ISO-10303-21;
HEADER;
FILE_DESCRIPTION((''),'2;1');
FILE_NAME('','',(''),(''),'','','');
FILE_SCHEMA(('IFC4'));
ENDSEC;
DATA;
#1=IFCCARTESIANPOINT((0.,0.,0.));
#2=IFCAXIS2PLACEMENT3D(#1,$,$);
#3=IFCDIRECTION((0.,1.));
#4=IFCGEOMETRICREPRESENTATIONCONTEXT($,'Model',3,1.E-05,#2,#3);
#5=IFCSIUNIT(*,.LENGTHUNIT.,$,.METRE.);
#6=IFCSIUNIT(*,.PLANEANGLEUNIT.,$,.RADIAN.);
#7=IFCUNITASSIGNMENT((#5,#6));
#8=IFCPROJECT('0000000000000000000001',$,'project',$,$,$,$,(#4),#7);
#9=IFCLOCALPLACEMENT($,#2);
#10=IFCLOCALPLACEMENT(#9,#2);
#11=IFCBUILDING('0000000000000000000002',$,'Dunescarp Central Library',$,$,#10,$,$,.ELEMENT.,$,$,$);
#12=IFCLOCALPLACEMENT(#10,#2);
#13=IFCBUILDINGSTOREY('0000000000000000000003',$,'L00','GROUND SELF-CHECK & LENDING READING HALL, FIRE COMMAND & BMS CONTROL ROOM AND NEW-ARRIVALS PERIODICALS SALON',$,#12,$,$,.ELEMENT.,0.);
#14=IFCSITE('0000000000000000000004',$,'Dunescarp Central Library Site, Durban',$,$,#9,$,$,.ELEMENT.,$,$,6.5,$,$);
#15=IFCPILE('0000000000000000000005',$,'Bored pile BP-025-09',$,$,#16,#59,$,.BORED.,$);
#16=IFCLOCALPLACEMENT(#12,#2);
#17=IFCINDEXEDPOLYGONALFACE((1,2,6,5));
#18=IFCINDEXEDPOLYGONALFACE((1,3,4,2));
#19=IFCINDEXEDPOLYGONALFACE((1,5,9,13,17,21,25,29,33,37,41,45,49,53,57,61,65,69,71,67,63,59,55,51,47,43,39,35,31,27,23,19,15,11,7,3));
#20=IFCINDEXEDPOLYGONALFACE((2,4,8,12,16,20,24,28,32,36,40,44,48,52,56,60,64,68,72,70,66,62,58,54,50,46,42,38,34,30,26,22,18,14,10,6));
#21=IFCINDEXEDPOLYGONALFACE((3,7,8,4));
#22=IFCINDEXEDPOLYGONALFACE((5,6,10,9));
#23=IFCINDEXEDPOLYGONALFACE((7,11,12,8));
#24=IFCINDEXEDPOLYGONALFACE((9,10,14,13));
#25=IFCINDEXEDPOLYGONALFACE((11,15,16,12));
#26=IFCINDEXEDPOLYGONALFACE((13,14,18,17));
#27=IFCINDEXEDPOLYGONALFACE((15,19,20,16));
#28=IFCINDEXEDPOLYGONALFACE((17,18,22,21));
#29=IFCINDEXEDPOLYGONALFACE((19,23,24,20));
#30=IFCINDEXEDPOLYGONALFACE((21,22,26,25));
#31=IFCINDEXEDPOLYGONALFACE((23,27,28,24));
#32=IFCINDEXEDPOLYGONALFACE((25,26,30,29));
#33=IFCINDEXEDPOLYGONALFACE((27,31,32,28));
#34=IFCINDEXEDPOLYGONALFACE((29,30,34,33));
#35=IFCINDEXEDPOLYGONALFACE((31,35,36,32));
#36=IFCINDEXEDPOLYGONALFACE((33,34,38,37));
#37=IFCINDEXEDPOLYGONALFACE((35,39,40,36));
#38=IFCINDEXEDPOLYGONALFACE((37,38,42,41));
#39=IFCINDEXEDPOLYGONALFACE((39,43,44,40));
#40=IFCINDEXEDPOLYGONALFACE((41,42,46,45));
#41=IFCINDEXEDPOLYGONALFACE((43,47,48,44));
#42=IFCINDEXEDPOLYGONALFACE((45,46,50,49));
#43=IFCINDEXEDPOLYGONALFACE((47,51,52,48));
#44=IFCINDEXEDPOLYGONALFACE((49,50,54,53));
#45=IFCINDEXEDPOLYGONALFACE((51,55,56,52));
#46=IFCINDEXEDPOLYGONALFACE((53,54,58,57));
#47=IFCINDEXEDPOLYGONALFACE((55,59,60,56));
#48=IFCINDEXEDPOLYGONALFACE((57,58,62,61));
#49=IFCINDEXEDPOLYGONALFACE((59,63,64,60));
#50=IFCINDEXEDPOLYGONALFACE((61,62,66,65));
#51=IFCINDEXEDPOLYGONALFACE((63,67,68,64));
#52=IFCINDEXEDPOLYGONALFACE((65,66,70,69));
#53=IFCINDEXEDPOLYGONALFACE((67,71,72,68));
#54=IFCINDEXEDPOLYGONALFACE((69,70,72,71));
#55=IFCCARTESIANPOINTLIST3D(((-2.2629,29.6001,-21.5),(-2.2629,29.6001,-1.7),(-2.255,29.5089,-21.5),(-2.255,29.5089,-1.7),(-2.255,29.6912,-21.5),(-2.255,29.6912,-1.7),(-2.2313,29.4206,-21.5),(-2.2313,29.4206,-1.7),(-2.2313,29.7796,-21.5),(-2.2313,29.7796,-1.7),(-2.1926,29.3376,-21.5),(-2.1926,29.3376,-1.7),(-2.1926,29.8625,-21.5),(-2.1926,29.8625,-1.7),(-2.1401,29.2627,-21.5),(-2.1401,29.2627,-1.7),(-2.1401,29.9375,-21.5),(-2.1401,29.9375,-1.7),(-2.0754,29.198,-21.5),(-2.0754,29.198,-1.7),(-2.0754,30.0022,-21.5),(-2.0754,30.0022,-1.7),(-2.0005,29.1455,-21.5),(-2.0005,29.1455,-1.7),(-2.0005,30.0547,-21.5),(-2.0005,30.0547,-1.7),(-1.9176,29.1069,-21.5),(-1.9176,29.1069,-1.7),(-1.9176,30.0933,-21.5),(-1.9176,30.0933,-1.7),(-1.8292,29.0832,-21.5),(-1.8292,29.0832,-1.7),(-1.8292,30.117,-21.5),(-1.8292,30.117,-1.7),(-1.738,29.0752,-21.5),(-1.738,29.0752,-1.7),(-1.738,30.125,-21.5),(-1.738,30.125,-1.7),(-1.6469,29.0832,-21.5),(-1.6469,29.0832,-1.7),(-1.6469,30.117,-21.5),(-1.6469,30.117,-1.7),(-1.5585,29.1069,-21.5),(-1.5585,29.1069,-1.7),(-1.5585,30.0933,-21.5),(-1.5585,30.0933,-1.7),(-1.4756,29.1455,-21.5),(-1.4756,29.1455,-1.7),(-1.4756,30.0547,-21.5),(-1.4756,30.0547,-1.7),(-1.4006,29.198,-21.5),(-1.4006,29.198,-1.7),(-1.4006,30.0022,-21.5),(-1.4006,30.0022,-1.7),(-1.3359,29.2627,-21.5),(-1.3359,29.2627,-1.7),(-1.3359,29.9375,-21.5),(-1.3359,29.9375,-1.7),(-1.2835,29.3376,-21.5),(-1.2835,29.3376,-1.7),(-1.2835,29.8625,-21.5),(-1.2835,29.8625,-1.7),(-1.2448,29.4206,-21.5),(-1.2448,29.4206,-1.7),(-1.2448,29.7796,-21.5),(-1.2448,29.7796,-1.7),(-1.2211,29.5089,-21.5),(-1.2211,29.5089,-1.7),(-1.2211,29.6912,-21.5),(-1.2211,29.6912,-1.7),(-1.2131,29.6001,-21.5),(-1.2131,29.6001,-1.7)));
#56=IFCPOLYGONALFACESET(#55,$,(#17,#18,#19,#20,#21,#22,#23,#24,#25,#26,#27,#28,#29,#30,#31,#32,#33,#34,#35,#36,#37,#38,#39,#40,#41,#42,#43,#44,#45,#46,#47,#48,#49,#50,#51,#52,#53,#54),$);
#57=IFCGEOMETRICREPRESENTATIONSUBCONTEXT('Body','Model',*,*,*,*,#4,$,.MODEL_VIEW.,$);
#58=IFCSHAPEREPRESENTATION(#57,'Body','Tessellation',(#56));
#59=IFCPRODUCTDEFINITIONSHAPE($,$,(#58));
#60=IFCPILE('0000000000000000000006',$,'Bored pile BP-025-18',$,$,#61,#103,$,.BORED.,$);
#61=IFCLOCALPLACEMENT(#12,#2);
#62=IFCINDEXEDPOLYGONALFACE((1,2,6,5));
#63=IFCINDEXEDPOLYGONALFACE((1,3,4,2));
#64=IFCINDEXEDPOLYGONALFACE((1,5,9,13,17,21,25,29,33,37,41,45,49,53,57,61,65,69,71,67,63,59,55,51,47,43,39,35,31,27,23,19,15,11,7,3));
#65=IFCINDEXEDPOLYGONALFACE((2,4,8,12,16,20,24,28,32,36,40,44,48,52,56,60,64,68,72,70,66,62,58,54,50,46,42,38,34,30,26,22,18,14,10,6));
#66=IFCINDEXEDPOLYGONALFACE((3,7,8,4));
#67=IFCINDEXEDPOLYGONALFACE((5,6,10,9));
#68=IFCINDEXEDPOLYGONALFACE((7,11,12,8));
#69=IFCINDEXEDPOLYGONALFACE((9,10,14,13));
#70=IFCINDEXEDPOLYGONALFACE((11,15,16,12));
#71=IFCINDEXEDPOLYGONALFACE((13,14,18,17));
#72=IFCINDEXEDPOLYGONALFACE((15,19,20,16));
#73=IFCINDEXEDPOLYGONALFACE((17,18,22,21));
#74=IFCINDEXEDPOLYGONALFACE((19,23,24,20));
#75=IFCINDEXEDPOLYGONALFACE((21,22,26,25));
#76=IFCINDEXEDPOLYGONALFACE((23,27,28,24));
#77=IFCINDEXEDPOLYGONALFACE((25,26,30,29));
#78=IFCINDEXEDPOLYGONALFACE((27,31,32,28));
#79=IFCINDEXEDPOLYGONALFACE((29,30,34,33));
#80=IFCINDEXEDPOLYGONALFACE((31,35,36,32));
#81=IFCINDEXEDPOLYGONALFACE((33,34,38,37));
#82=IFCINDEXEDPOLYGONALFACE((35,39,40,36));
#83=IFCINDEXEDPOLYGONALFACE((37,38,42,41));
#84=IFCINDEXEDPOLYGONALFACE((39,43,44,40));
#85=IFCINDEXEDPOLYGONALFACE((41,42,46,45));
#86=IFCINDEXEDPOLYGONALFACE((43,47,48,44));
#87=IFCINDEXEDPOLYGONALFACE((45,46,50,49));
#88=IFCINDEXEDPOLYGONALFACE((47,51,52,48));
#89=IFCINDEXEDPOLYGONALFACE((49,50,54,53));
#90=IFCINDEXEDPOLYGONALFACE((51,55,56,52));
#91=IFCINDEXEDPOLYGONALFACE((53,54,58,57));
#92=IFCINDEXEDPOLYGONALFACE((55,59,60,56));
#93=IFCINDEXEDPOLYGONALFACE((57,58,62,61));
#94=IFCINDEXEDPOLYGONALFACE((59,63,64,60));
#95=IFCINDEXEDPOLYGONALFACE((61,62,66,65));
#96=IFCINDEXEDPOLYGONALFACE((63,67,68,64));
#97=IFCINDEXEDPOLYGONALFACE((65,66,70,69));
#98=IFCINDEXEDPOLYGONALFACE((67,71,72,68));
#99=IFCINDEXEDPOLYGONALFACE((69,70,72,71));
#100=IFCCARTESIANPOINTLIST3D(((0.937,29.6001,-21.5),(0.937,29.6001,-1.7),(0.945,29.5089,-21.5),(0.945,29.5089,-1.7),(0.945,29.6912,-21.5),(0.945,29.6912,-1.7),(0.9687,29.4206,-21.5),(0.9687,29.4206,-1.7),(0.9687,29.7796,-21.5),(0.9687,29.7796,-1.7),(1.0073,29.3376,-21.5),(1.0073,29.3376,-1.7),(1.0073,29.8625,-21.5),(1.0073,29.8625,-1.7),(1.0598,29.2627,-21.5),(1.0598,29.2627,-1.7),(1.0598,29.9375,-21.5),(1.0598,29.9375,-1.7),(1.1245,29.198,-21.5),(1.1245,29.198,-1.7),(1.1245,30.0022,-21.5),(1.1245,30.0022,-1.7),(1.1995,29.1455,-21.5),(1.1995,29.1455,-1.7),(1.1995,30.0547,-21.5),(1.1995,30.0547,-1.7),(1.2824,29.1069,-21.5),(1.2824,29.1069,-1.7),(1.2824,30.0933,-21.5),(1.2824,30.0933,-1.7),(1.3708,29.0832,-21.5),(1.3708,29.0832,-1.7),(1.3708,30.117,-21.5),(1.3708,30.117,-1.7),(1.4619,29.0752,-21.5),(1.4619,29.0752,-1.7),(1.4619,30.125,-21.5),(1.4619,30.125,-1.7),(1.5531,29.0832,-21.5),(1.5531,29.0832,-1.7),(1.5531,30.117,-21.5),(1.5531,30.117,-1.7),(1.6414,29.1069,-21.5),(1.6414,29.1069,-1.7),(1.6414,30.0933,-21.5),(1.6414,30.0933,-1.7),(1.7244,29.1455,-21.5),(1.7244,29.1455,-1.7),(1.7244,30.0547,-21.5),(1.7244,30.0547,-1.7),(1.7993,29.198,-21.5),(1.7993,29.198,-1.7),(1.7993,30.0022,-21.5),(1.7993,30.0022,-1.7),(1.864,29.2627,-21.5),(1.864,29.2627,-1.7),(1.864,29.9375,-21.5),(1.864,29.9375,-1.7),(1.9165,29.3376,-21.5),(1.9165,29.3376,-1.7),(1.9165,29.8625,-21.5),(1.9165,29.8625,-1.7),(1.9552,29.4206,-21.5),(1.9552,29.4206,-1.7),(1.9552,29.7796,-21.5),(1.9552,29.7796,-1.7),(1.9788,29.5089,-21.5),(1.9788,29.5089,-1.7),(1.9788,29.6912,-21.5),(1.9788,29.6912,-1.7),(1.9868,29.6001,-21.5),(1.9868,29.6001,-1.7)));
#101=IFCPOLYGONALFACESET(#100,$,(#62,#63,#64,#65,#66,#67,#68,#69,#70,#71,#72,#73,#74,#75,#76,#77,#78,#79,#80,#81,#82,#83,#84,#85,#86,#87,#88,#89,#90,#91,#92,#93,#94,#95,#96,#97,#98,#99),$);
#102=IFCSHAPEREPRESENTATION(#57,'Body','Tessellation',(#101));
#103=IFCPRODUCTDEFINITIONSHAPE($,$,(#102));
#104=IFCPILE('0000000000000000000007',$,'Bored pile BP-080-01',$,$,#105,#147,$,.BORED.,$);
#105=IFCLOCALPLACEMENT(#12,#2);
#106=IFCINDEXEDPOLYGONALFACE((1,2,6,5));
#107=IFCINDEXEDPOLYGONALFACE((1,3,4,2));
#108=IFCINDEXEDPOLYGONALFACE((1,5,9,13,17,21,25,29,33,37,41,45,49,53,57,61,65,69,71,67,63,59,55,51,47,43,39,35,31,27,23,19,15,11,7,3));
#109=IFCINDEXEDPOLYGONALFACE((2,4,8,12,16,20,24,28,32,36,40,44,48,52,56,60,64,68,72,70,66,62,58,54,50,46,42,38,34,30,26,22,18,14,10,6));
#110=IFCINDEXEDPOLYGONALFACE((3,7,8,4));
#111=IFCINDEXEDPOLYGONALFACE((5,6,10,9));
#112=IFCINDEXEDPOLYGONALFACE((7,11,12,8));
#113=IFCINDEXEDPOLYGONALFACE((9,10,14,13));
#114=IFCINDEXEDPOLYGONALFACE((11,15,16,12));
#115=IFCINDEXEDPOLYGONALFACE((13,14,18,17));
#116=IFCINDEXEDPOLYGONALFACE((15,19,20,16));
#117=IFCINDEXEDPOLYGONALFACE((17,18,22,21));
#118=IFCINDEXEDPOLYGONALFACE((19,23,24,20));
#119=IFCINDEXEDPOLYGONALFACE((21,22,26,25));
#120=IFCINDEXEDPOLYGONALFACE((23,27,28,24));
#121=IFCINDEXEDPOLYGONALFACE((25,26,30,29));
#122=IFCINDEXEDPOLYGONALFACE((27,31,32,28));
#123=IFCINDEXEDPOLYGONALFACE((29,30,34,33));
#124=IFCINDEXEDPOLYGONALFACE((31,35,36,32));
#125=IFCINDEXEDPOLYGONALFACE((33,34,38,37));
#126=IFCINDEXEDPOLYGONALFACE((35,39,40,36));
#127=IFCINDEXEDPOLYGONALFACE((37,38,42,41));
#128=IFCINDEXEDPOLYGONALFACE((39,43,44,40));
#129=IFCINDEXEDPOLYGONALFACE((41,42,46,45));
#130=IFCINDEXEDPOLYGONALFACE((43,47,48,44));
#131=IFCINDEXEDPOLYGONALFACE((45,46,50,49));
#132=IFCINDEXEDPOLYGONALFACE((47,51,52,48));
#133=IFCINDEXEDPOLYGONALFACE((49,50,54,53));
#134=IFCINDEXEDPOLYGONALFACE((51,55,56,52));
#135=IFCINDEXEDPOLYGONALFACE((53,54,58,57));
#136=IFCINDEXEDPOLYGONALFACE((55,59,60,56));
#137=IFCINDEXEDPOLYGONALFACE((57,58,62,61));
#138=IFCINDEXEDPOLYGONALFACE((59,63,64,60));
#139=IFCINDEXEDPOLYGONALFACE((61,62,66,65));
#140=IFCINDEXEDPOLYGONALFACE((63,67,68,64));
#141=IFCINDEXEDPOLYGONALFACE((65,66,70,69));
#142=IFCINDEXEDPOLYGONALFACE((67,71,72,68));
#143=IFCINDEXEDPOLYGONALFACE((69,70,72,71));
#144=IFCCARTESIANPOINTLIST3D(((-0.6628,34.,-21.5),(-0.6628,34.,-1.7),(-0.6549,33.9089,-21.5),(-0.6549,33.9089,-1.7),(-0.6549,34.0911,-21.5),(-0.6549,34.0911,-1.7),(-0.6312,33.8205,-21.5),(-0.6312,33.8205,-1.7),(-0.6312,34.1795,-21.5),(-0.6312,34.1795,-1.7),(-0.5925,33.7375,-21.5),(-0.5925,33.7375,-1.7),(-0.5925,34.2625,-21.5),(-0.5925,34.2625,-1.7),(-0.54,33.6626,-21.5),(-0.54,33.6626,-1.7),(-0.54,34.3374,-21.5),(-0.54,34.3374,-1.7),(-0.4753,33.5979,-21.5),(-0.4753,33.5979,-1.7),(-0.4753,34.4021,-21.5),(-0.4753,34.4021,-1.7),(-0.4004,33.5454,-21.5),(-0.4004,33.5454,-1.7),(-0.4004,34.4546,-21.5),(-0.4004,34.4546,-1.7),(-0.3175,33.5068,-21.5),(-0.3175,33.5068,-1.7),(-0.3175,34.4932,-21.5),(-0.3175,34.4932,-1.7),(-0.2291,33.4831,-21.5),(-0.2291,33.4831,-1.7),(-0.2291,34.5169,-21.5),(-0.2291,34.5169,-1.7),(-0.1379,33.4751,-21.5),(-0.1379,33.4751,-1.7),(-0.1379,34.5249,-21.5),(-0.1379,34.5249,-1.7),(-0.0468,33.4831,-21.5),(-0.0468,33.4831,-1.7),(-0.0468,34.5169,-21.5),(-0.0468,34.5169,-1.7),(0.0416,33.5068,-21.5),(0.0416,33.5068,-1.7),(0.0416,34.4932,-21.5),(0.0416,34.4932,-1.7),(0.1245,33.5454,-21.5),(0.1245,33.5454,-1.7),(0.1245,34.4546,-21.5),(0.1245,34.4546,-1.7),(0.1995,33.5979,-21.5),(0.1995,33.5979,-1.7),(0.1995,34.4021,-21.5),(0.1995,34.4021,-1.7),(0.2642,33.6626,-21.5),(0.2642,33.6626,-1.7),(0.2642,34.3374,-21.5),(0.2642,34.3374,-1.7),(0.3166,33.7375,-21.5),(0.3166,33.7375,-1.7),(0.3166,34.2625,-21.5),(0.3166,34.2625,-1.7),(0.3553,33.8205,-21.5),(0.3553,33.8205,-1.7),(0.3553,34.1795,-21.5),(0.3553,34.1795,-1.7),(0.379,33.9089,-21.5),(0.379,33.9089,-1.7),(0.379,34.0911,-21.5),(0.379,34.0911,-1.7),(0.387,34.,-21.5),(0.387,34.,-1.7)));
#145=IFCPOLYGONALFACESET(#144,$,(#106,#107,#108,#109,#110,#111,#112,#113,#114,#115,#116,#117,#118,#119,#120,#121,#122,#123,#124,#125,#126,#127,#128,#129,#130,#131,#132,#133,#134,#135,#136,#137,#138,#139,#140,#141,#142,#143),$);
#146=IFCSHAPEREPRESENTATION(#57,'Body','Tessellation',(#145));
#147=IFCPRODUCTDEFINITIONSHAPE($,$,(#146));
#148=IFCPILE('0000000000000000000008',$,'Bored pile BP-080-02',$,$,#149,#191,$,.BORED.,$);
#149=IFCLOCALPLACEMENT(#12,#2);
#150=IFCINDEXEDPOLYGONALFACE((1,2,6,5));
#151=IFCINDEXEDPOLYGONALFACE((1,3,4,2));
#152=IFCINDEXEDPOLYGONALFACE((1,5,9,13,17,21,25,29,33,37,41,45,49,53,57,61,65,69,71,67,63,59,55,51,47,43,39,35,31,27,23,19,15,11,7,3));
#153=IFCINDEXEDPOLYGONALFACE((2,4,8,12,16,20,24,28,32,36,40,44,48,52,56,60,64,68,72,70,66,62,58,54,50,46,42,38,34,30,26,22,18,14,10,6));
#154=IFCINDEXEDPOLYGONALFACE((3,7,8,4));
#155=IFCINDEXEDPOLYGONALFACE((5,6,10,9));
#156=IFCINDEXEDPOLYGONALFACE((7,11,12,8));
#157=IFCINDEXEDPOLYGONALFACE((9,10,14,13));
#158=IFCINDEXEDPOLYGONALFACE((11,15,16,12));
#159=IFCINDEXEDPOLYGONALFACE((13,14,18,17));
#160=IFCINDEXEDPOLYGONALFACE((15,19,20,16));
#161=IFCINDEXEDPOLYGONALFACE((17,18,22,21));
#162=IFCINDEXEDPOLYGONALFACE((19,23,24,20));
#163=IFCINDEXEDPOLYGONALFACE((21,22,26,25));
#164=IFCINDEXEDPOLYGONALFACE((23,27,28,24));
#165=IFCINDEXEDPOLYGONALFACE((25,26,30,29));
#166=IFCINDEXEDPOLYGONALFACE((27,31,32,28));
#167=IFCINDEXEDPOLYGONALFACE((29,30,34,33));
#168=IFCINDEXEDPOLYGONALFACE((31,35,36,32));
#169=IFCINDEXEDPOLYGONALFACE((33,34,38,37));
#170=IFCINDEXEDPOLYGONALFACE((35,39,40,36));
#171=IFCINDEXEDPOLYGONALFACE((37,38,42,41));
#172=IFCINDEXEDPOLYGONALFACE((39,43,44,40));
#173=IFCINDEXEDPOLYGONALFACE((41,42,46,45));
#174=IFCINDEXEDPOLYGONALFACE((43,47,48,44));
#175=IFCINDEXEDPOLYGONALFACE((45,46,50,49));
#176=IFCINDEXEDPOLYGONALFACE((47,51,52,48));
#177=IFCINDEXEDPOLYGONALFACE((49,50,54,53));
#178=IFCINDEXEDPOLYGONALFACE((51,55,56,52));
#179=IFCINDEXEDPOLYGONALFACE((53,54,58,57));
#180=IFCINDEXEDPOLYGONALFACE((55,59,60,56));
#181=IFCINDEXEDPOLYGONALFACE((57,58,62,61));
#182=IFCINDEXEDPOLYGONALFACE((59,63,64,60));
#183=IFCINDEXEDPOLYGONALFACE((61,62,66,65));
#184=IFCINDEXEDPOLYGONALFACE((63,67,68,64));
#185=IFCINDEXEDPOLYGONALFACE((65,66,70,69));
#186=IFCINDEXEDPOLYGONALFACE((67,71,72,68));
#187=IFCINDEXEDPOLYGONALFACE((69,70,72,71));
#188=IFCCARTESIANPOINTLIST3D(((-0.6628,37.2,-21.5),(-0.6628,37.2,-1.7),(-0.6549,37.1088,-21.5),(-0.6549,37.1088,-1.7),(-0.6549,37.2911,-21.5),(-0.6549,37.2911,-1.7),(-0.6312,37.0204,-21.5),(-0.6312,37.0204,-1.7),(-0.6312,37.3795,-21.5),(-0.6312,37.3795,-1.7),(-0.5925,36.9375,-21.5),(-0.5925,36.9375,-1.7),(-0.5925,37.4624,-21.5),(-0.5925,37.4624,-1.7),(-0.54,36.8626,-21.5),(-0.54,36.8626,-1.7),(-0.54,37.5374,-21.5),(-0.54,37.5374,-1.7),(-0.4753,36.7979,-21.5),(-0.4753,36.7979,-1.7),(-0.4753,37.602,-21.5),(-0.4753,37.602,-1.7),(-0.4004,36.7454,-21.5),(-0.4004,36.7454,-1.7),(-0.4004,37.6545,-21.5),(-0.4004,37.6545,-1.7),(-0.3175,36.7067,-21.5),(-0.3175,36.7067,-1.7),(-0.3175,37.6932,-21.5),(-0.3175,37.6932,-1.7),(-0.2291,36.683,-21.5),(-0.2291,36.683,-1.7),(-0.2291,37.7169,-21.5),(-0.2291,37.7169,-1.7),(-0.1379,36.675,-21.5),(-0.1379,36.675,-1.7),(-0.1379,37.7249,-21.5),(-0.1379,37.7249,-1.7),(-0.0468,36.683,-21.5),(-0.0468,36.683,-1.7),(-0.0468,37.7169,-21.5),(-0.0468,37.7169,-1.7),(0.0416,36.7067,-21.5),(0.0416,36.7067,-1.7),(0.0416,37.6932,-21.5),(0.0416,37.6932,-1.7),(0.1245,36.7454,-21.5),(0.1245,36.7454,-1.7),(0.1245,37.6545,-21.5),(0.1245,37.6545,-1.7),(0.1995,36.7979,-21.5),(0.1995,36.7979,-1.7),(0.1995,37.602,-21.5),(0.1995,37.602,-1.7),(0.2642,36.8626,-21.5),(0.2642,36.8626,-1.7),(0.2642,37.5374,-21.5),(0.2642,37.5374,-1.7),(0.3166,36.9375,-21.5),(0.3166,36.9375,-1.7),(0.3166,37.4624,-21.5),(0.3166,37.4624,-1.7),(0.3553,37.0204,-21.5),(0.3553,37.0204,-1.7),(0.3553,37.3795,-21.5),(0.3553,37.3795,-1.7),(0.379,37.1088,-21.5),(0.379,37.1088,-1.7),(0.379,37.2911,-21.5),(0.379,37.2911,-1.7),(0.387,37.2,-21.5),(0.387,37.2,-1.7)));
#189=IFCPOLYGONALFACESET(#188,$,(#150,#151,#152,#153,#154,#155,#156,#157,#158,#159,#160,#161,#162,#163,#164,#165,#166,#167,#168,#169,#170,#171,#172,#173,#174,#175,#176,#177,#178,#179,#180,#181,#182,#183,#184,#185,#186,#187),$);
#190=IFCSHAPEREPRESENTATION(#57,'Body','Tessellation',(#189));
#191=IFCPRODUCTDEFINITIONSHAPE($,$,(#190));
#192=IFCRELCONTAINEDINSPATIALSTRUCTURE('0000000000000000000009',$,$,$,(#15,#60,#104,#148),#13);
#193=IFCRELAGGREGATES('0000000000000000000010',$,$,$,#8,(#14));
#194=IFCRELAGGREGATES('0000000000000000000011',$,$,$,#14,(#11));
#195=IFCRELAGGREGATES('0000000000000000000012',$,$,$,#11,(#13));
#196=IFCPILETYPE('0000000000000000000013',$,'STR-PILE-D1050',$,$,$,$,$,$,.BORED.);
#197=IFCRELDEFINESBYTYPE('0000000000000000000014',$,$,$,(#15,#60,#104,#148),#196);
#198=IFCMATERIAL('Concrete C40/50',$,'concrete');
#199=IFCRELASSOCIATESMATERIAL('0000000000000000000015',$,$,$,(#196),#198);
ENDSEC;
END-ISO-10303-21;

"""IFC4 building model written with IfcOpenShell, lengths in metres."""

from ifc_helpers import new_model, si_unit, direction, frame, origin, origin_2d, place, context, subcontext, project, spatial, circle, extrude, material, material_profile, profile_set, type_object, element, save


model = new_model("IFC4")

# Units and contexts
model_context = context("Model", 3, precision=1e-05, world=origin(), true_north=direction((0.0, 1.0)))
body_context = subcontext(model_context, "Body", "Model", "MODEL_VIEW")
ifc_project = project(units=[si_unit("LENGTHUNIT", "METRE"), si_unit("PLANEANGLEUNIT", "RADIAN")], contexts=[model_context])

# Site, building, storey
site_placement = place(None, origin())
site = spatial("IfcSite", under=ifc_project, at=site_placement, Name="Dunescarp Central Library Site, Durban", CompositionType="ELEMENT", RefElevation=6.5)
building_placement = place(site_placement, origin())
building = spatial("IfcBuilding", under=site, at=building_placement, Name="Dunescarp Central Library", CompositionType="ELEMENT")
storey_placement = place(building_placement, origin())
storey = spatial("IfcBuildingStorey", under=building, at=storey_placement, Name="L00", Description="GROUND SELF-CHECK & LENDING READING HALL, FIRE COMMAND & BMS CONTROL ROOM AND NEW-ARRIVALS PERIODICALS SALON", CompositionType="ELEMENT", Elevation=0.0)

# Piles
ifc_material_1 = material(Name="Concrete C40/50", Category="concrete")
ifc_material_profile_1 = material_profile(ifc_material_1, circle(Radius=0.5249, at=origin_2d()), Name="PILE D1050")
ifc_profile_set_1 = profile_set([ifc_material_profile_1], Name="Concrete C40/50")
pile_type = type_object("IfcPileType", Name="STR-PILE-D1050", PredefinedType="BORED", material=ifc_profile_set_1)
for number, where, z_axis, x_axis, name in (
    (1, (-1.738, 29.6001, -1.7), (0.0, 0.0, -1.0), (1.0, 0.0, 0.0), "Bored pile BP-025-09"),
    (2, (1.4619, 29.6001, -1.7), (0.0, 0.0, -1.0), (1.0, 0.0, 0.0), "Bored pile BP-025-18"),
    (3, (-0.1379, 34.0, -1.7), (0.0, 0.0, -1.0), (1.0, 0.0, 0.0), "Bored pile BP-080-01"),
    (4, (-0.1379, 37.2, -1.7), (0.0, 0.0, -1.0), (1.0, 0.0, 0.0), "Bored pile BP-080-02"),
):
    element("IfcPile", number, at=place(storey_placement, frame(where, z_axis=z_axis, x_axis=x_axis)), inside=storey, type_object=pile_type, Name=name, PredefinedType="BORED", context=body_context, shape_type="SweptSolid", body=[
        extrude(circle(Radius=0.5249, at=origin_2d()), origin(), (0.0, 0.0, 1.0), 19.8),
    ])

save(model, "model.ifc")
